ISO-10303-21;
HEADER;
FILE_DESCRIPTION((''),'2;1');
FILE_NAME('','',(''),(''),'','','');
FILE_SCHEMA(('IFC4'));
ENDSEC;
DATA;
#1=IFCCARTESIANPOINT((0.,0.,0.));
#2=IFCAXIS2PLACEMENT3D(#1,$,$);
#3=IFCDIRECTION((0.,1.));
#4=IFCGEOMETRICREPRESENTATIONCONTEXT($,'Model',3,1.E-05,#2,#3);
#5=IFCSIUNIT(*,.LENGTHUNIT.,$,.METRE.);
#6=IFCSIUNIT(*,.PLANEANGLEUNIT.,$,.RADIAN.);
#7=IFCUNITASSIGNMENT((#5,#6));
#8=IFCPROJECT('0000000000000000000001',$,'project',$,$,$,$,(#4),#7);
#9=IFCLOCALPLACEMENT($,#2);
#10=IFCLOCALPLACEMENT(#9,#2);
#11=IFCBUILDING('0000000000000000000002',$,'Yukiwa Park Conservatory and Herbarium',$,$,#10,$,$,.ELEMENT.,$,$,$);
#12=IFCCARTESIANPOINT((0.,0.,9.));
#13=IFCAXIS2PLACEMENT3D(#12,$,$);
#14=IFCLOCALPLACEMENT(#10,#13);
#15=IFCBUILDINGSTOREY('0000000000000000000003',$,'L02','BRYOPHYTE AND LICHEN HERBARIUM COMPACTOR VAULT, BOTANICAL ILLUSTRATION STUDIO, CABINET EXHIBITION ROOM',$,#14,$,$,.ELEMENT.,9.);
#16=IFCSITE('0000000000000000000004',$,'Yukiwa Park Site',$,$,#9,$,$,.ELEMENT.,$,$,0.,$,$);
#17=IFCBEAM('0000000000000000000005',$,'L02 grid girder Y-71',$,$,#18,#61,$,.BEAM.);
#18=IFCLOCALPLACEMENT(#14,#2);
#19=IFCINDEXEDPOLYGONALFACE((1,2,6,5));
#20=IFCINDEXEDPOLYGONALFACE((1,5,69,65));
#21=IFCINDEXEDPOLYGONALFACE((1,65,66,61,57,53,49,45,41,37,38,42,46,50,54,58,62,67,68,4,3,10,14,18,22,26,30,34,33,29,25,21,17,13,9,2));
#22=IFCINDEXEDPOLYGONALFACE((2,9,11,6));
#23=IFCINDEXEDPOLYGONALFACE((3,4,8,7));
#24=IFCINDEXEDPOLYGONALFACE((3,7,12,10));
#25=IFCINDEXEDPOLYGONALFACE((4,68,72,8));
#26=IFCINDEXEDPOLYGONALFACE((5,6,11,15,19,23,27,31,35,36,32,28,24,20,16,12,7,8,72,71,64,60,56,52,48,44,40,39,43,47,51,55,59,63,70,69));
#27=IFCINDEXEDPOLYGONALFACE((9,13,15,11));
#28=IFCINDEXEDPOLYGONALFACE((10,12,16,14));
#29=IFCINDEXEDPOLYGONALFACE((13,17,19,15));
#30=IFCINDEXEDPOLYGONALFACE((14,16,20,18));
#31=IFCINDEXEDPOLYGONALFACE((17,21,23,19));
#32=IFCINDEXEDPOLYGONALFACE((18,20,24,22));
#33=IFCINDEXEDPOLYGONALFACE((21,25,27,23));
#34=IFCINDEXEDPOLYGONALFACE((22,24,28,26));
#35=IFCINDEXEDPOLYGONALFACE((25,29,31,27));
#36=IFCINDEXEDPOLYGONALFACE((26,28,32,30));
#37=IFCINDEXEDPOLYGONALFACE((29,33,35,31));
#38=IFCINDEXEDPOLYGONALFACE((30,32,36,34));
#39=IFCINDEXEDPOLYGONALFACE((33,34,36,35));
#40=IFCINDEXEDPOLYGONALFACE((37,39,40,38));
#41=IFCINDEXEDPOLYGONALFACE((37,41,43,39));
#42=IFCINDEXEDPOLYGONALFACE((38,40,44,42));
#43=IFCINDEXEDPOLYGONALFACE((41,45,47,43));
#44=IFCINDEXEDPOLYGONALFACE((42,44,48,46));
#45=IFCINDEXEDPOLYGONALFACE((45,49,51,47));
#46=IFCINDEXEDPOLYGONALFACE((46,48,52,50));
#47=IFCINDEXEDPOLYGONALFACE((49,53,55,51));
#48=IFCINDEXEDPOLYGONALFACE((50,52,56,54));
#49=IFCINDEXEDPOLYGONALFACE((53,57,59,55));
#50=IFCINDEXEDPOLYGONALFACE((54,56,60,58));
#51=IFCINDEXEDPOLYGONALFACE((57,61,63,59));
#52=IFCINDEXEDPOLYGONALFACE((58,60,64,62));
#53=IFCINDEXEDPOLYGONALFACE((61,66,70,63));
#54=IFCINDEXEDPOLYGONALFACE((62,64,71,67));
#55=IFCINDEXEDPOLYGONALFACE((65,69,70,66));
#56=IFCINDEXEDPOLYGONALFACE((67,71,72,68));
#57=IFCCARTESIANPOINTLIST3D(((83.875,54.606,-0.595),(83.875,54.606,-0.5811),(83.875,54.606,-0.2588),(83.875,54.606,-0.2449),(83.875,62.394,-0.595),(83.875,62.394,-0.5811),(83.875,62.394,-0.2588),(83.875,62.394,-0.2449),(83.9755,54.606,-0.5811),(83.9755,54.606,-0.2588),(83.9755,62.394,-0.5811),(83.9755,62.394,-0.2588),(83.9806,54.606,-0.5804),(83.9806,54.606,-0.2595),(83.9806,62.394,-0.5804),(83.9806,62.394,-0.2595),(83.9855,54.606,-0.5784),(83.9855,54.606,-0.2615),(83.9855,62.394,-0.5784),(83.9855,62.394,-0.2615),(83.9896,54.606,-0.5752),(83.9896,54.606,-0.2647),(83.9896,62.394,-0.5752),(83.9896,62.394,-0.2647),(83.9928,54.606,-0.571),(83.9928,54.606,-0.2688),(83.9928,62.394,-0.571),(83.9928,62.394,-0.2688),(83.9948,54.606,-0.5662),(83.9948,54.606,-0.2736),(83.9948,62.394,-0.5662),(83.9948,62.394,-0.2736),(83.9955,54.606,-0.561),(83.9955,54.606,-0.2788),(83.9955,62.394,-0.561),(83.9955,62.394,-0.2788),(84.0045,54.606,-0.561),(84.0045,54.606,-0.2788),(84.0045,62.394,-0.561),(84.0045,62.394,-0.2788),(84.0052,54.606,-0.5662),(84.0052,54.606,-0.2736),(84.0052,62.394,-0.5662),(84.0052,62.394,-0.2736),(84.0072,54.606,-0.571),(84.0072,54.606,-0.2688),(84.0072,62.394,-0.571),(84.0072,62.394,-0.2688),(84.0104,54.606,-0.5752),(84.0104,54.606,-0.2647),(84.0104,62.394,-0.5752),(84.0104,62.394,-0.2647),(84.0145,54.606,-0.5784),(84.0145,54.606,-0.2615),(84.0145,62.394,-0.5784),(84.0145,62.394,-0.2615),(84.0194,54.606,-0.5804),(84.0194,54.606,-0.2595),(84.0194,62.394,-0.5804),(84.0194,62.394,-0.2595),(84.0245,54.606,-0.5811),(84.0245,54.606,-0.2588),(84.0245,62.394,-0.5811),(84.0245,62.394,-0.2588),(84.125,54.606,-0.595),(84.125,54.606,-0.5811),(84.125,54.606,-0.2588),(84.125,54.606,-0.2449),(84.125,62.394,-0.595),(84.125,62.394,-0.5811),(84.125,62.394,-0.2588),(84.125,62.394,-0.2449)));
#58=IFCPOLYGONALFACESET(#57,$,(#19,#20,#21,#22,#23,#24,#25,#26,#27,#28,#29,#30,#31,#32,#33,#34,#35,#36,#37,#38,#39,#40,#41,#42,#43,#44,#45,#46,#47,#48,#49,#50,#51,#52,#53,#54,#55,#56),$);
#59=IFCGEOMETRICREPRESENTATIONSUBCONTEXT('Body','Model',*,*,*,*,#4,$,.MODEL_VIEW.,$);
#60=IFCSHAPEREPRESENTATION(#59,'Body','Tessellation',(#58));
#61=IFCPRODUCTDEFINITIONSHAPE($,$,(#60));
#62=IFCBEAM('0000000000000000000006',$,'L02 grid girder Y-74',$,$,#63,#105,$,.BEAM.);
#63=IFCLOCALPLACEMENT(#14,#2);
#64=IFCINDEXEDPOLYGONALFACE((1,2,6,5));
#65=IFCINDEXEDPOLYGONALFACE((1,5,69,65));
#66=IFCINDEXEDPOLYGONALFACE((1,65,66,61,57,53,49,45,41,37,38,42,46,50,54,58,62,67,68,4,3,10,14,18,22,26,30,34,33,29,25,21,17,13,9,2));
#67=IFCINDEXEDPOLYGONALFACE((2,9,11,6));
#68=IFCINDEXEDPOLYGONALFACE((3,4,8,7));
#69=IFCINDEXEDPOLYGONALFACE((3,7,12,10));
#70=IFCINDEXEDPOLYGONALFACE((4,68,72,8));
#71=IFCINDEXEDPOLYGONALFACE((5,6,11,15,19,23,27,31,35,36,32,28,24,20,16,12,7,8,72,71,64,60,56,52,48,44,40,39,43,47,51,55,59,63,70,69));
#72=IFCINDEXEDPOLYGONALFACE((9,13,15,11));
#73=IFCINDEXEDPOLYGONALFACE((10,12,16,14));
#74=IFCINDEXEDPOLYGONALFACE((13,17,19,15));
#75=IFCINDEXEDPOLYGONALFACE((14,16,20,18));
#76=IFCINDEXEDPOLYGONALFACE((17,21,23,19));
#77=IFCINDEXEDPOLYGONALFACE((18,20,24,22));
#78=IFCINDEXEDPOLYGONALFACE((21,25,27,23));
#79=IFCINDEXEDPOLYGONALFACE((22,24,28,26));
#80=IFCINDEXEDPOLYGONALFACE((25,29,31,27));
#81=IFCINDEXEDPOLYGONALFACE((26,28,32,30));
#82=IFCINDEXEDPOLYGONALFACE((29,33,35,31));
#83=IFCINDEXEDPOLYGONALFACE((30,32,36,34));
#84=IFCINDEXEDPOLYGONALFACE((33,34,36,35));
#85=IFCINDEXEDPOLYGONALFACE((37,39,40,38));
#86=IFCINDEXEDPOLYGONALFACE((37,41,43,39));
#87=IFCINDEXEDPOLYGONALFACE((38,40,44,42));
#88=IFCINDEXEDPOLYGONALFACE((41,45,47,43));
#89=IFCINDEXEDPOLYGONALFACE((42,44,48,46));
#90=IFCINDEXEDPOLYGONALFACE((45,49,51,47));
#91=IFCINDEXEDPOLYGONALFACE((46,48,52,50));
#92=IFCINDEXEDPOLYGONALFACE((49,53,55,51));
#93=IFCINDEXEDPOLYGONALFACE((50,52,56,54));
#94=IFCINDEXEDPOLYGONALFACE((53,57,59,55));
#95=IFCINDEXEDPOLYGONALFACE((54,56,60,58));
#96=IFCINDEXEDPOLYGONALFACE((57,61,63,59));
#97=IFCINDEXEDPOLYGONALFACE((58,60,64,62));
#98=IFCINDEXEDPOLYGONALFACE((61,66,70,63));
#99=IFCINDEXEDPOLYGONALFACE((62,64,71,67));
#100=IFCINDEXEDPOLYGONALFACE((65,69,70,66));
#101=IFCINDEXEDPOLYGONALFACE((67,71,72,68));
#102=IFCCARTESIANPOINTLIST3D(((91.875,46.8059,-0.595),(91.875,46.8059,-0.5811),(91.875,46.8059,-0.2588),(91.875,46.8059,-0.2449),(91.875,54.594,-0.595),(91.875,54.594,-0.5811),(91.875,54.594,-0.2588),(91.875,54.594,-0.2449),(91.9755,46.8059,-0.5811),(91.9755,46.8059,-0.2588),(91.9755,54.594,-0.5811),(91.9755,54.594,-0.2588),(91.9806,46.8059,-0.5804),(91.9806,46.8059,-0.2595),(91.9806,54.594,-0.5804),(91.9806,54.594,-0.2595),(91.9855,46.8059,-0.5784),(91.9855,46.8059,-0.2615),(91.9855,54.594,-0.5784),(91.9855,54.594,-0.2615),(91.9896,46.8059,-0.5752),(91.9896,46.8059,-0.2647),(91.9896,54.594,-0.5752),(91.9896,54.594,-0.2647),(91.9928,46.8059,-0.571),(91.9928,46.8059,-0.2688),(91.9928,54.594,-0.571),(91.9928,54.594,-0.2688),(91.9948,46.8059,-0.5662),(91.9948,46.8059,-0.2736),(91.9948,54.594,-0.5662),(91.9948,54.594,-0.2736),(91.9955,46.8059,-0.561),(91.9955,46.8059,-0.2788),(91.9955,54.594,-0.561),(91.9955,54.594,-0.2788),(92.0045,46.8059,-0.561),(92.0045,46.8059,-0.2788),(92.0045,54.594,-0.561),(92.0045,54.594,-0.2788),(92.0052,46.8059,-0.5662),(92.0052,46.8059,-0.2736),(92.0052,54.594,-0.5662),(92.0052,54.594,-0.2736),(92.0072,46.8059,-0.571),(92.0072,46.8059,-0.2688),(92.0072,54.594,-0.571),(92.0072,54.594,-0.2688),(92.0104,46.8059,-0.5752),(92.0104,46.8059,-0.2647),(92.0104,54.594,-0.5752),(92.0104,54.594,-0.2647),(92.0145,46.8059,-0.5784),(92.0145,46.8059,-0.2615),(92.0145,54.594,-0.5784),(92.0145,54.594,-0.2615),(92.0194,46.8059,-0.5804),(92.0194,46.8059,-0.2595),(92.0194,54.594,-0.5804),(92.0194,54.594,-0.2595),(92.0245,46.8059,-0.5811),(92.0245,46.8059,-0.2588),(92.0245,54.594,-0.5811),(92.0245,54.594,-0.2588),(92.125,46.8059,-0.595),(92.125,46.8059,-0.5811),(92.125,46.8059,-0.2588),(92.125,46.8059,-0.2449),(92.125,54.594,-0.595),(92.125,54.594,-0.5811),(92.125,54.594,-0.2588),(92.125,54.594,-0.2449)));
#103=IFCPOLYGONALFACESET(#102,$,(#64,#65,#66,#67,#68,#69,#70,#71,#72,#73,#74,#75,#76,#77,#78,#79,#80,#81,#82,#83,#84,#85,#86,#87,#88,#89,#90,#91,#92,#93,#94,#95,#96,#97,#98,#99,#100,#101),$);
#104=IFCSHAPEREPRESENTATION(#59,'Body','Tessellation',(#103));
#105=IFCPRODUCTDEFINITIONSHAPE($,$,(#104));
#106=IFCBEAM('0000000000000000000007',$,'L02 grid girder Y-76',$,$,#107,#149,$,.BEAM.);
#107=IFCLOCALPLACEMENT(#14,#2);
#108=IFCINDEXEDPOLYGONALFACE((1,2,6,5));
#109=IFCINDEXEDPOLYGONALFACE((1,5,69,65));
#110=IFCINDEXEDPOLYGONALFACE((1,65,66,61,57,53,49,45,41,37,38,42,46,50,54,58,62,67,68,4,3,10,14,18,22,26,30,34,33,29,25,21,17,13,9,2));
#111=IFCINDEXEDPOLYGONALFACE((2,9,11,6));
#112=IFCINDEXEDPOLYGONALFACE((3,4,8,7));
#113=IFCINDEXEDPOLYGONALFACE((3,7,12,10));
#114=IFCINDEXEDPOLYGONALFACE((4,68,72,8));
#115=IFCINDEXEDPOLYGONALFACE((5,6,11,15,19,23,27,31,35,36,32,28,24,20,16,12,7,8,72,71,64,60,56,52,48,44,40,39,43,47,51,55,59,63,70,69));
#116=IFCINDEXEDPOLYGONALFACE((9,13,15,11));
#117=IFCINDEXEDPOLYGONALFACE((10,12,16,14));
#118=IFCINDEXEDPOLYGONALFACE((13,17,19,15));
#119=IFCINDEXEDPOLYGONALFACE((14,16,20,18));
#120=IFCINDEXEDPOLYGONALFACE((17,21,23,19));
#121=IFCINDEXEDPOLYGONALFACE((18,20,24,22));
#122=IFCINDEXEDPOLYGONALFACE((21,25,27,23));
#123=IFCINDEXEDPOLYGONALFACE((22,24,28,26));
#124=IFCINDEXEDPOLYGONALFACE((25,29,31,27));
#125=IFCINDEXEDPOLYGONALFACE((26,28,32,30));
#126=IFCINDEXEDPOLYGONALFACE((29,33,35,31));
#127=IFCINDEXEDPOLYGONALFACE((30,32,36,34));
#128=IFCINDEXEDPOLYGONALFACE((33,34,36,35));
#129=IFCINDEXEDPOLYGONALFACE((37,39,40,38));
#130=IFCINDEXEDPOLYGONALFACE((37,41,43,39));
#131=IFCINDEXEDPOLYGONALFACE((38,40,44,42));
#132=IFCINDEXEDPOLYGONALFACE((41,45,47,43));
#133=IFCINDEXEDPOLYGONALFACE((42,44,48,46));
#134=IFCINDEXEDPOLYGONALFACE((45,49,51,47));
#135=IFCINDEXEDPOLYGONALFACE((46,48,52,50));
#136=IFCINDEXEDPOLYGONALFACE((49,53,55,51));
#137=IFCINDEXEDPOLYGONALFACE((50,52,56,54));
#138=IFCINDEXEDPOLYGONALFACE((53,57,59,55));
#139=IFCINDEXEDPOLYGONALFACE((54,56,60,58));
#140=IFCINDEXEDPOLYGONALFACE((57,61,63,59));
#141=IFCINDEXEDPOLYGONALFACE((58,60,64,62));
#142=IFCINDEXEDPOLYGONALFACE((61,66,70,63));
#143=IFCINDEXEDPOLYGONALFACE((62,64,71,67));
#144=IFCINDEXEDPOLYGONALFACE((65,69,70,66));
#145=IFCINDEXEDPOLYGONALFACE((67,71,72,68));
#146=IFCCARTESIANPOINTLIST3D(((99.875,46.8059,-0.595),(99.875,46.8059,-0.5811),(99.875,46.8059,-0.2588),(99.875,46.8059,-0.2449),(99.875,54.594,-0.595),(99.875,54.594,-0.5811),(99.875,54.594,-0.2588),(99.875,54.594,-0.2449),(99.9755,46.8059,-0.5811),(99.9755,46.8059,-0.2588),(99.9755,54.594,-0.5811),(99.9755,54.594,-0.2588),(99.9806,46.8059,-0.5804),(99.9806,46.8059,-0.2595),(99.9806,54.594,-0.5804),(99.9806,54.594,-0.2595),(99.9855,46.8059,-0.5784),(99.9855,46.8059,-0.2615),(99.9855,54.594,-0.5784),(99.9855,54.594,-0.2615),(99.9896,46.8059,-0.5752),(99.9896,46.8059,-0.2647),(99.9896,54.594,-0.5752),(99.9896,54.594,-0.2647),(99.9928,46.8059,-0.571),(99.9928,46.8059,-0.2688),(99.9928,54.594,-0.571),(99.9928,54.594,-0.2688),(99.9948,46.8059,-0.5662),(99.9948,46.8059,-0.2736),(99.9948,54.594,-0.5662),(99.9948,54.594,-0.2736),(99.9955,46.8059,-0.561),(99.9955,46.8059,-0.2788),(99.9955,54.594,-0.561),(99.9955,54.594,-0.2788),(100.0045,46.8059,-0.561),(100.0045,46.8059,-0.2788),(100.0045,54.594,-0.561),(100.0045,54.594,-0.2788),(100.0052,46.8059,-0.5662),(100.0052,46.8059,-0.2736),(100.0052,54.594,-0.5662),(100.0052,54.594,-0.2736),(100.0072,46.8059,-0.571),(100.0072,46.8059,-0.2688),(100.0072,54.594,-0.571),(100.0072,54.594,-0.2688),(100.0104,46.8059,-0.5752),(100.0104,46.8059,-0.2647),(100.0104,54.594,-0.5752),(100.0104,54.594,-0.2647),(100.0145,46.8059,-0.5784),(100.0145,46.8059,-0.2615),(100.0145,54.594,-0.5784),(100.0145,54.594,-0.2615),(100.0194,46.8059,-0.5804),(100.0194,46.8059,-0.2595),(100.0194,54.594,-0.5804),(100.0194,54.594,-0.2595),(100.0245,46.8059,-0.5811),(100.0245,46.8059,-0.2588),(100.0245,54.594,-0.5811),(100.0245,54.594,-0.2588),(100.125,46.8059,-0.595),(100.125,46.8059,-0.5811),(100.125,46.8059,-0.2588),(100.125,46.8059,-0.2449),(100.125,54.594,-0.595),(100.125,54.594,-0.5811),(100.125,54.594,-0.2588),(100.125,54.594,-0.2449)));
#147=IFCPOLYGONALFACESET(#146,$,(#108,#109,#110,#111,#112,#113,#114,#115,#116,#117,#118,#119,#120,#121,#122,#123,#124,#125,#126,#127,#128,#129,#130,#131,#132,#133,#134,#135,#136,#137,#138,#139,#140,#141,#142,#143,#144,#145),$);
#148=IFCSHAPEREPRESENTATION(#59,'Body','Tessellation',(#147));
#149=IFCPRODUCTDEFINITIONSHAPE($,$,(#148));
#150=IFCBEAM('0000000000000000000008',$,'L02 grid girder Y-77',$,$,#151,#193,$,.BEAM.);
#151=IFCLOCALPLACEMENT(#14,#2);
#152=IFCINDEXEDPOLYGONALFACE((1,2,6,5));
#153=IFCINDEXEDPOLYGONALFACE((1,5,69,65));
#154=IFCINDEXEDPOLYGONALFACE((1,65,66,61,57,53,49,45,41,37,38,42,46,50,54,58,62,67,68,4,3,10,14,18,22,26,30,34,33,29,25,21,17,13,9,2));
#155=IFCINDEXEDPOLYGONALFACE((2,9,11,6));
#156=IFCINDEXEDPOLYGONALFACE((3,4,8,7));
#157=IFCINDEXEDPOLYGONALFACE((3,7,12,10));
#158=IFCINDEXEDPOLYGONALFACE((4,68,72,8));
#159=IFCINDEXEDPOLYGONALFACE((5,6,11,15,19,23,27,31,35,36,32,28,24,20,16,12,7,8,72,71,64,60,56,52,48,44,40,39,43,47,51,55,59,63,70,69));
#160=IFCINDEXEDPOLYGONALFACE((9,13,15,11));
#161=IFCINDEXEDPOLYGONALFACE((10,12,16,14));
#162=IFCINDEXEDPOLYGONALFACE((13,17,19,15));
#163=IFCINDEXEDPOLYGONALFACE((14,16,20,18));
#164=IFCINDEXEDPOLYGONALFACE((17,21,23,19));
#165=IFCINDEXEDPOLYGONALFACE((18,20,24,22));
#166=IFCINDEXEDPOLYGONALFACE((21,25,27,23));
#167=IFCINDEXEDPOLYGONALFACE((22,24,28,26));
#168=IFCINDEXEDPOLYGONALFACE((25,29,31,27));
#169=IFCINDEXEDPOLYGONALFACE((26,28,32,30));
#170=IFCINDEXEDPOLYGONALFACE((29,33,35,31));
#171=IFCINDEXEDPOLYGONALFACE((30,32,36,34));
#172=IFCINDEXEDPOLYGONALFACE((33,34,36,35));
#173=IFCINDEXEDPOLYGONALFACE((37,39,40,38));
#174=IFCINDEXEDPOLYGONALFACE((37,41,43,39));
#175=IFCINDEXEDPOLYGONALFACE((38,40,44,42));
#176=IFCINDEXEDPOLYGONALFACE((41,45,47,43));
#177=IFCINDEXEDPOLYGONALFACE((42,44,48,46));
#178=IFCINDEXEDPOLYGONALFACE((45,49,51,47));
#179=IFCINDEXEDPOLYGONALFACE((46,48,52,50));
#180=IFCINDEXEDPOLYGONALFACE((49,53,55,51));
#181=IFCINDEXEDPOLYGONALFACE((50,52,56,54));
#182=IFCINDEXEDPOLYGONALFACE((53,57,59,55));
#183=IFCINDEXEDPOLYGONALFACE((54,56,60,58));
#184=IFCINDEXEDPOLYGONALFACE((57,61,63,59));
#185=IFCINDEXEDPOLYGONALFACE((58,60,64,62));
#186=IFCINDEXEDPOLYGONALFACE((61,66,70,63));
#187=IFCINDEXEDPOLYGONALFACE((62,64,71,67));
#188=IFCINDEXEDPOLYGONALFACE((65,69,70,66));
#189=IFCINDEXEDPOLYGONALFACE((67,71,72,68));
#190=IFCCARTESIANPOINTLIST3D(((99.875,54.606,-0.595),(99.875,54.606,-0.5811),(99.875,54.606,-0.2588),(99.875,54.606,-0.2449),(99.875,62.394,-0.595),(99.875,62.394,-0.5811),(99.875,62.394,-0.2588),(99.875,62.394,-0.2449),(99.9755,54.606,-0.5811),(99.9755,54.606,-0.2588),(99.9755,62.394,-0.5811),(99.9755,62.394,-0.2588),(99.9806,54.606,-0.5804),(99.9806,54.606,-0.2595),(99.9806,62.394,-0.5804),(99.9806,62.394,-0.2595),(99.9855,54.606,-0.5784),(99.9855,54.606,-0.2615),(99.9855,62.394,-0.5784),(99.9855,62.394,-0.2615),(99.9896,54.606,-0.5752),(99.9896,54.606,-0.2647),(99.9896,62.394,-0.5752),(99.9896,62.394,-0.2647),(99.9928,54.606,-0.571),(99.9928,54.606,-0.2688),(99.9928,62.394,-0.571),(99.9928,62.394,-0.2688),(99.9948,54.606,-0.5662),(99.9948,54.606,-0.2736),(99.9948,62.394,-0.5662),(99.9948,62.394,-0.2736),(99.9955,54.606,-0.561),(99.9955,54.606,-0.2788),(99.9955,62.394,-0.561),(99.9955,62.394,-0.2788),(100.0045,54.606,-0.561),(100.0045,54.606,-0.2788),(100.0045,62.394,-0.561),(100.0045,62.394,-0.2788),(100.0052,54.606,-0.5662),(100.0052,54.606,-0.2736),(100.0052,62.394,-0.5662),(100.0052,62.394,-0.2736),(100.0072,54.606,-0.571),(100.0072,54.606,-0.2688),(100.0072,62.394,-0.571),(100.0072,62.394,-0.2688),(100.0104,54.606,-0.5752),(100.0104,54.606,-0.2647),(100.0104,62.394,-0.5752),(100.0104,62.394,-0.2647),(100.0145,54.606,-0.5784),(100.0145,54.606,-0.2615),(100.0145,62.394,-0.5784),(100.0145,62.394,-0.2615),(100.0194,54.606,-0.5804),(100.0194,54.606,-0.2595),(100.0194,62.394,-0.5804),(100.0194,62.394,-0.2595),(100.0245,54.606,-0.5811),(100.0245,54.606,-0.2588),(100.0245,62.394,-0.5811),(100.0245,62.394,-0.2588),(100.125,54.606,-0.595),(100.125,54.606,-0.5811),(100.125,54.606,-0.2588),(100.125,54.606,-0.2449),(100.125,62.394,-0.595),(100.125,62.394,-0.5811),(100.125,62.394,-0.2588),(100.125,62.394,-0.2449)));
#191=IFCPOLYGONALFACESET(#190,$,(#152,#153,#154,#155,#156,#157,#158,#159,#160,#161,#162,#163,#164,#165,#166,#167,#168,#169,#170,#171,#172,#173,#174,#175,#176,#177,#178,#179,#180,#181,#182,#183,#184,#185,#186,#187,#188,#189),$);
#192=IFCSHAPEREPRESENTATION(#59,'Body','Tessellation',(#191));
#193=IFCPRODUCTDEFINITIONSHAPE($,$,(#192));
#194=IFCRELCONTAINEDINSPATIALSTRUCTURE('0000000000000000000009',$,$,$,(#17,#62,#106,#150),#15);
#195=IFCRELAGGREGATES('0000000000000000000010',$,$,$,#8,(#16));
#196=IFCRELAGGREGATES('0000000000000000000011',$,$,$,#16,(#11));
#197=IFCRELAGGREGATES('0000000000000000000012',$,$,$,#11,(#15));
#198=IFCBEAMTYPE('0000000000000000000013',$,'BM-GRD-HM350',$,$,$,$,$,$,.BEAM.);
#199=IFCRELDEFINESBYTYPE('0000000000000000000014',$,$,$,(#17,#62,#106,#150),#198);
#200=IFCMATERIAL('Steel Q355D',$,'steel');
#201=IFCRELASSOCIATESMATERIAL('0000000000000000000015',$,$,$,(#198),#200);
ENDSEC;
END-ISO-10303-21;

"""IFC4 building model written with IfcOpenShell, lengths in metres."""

from ifc_helpers import new_model, si_unit, direction, frame, origin, origin_2d, place, context, subcontext, project, spatial, i_section, extrude, material, material_profile, profile_set, type_object, element, save


model = new_model("IFC4")

# Units and contexts
model_context = context("Model", 3, precision=1e-05, world=origin(), true_north=direction((0.0, 1.0)))
body_context = subcontext(model_context, "Body", "Model", "MODEL_VIEW")
ifc_project = project(units=[si_unit("LENGTHUNIT", "METRE"), si_unit("PLANEANGLEUNIT", "RADIAN")], contexts=[model_context])

# Site, building, storey
site_placement = place(None, origin())
site = spatial("IfcSite", under=ifc_project, at=site_placement, Name="Yukiwa Park Site", CompositionType="ELEMENT", RefElevation=0.0)
building_placement = place(site_placement, origin())
building = spatial("IfcBuilding", under=site, at=building_placement, Name="Yukiwa Park Conservatory and Herbarium", CompositionType="ELEMENT")
storey_placement = place(building_placement, frame((0.0, 0.0, 9.0)))
storey = spatial("IfcBuildingStorey", under=building, at=storey_placement, Name="L02", Description="BRYOPHYTE AND LICHEN HERBARIUM COMPACTOR VAULT, BOTANICAL ILLUSTRATION STUDIO, CABINET EXHIBITION ROOM", CompositionType="ELEMENT", Elevation=9.0)

# Beams
ifc_material_1 = material(Name="Steel Q355D", Category="steel")
ifc_material_profile_1 = material_profile(ifc_material_1, i_section(OverallWidth=0.25, OverallDepth=0.3501, WebThickness=0.009, FlangeThickness=0.0139, FilletRadius=0.02, at=origin_2d()), Name="HM 350x250x9x14")
ifc_profile_set_1 = profile_set([ifc_material_profile_1], Name="Steel Q355D")
beam_type_1 = type_object("IfcBeamType", Name="BM-GRD-HM350", PredefinedType="BEAM", material=ifc_profile_set_1)
for number, where, z_axis, x_axis, name in (
    (1, (84.0, 54.606, -0.4199), (0.0, 1.0, 0.0), (-1.0, 0.0, 0.0), "L02 grid girder Y-71"),
    (2, (92.0, 46.8059, -0.4199), (0.0, 1.0, 0.0), (-1.0, 0.0, 0.0), "L02 grid girder Y-74"),
    (3, (100.0, 46.8059, -0.4199), (0.0, 1.0, 0.0), (-1.0, 0.0, 0.0), "L02 grid girder Y-76"),
    (4, (100.0, 54.606, -0.4199), (0.0, 1.0, 0.0), (-1.0, 0.0, 0.0), "L02 grid girder Y-77"),
):
    element("IfcBeam", number, at=place(storey_placement, frame(where, z_axis=z_axis, x_axis=x_axis)), inside=storey, type_object=beam_type_1, Name=name, PredefinedType="BEAM", context=body_context, shape_type="SweptSolid", body=[
        extrude(i_section(OverallWidth=0.25, OverallDepth=0.3501, WebThickness=0.009, FlangeThickness=0.0139, FilletRadius=0.02, at=origin_2d()), origin(), (0.0, 0.0, 1.0), 7.7881),
    ])

save(model, "model.ifc")
